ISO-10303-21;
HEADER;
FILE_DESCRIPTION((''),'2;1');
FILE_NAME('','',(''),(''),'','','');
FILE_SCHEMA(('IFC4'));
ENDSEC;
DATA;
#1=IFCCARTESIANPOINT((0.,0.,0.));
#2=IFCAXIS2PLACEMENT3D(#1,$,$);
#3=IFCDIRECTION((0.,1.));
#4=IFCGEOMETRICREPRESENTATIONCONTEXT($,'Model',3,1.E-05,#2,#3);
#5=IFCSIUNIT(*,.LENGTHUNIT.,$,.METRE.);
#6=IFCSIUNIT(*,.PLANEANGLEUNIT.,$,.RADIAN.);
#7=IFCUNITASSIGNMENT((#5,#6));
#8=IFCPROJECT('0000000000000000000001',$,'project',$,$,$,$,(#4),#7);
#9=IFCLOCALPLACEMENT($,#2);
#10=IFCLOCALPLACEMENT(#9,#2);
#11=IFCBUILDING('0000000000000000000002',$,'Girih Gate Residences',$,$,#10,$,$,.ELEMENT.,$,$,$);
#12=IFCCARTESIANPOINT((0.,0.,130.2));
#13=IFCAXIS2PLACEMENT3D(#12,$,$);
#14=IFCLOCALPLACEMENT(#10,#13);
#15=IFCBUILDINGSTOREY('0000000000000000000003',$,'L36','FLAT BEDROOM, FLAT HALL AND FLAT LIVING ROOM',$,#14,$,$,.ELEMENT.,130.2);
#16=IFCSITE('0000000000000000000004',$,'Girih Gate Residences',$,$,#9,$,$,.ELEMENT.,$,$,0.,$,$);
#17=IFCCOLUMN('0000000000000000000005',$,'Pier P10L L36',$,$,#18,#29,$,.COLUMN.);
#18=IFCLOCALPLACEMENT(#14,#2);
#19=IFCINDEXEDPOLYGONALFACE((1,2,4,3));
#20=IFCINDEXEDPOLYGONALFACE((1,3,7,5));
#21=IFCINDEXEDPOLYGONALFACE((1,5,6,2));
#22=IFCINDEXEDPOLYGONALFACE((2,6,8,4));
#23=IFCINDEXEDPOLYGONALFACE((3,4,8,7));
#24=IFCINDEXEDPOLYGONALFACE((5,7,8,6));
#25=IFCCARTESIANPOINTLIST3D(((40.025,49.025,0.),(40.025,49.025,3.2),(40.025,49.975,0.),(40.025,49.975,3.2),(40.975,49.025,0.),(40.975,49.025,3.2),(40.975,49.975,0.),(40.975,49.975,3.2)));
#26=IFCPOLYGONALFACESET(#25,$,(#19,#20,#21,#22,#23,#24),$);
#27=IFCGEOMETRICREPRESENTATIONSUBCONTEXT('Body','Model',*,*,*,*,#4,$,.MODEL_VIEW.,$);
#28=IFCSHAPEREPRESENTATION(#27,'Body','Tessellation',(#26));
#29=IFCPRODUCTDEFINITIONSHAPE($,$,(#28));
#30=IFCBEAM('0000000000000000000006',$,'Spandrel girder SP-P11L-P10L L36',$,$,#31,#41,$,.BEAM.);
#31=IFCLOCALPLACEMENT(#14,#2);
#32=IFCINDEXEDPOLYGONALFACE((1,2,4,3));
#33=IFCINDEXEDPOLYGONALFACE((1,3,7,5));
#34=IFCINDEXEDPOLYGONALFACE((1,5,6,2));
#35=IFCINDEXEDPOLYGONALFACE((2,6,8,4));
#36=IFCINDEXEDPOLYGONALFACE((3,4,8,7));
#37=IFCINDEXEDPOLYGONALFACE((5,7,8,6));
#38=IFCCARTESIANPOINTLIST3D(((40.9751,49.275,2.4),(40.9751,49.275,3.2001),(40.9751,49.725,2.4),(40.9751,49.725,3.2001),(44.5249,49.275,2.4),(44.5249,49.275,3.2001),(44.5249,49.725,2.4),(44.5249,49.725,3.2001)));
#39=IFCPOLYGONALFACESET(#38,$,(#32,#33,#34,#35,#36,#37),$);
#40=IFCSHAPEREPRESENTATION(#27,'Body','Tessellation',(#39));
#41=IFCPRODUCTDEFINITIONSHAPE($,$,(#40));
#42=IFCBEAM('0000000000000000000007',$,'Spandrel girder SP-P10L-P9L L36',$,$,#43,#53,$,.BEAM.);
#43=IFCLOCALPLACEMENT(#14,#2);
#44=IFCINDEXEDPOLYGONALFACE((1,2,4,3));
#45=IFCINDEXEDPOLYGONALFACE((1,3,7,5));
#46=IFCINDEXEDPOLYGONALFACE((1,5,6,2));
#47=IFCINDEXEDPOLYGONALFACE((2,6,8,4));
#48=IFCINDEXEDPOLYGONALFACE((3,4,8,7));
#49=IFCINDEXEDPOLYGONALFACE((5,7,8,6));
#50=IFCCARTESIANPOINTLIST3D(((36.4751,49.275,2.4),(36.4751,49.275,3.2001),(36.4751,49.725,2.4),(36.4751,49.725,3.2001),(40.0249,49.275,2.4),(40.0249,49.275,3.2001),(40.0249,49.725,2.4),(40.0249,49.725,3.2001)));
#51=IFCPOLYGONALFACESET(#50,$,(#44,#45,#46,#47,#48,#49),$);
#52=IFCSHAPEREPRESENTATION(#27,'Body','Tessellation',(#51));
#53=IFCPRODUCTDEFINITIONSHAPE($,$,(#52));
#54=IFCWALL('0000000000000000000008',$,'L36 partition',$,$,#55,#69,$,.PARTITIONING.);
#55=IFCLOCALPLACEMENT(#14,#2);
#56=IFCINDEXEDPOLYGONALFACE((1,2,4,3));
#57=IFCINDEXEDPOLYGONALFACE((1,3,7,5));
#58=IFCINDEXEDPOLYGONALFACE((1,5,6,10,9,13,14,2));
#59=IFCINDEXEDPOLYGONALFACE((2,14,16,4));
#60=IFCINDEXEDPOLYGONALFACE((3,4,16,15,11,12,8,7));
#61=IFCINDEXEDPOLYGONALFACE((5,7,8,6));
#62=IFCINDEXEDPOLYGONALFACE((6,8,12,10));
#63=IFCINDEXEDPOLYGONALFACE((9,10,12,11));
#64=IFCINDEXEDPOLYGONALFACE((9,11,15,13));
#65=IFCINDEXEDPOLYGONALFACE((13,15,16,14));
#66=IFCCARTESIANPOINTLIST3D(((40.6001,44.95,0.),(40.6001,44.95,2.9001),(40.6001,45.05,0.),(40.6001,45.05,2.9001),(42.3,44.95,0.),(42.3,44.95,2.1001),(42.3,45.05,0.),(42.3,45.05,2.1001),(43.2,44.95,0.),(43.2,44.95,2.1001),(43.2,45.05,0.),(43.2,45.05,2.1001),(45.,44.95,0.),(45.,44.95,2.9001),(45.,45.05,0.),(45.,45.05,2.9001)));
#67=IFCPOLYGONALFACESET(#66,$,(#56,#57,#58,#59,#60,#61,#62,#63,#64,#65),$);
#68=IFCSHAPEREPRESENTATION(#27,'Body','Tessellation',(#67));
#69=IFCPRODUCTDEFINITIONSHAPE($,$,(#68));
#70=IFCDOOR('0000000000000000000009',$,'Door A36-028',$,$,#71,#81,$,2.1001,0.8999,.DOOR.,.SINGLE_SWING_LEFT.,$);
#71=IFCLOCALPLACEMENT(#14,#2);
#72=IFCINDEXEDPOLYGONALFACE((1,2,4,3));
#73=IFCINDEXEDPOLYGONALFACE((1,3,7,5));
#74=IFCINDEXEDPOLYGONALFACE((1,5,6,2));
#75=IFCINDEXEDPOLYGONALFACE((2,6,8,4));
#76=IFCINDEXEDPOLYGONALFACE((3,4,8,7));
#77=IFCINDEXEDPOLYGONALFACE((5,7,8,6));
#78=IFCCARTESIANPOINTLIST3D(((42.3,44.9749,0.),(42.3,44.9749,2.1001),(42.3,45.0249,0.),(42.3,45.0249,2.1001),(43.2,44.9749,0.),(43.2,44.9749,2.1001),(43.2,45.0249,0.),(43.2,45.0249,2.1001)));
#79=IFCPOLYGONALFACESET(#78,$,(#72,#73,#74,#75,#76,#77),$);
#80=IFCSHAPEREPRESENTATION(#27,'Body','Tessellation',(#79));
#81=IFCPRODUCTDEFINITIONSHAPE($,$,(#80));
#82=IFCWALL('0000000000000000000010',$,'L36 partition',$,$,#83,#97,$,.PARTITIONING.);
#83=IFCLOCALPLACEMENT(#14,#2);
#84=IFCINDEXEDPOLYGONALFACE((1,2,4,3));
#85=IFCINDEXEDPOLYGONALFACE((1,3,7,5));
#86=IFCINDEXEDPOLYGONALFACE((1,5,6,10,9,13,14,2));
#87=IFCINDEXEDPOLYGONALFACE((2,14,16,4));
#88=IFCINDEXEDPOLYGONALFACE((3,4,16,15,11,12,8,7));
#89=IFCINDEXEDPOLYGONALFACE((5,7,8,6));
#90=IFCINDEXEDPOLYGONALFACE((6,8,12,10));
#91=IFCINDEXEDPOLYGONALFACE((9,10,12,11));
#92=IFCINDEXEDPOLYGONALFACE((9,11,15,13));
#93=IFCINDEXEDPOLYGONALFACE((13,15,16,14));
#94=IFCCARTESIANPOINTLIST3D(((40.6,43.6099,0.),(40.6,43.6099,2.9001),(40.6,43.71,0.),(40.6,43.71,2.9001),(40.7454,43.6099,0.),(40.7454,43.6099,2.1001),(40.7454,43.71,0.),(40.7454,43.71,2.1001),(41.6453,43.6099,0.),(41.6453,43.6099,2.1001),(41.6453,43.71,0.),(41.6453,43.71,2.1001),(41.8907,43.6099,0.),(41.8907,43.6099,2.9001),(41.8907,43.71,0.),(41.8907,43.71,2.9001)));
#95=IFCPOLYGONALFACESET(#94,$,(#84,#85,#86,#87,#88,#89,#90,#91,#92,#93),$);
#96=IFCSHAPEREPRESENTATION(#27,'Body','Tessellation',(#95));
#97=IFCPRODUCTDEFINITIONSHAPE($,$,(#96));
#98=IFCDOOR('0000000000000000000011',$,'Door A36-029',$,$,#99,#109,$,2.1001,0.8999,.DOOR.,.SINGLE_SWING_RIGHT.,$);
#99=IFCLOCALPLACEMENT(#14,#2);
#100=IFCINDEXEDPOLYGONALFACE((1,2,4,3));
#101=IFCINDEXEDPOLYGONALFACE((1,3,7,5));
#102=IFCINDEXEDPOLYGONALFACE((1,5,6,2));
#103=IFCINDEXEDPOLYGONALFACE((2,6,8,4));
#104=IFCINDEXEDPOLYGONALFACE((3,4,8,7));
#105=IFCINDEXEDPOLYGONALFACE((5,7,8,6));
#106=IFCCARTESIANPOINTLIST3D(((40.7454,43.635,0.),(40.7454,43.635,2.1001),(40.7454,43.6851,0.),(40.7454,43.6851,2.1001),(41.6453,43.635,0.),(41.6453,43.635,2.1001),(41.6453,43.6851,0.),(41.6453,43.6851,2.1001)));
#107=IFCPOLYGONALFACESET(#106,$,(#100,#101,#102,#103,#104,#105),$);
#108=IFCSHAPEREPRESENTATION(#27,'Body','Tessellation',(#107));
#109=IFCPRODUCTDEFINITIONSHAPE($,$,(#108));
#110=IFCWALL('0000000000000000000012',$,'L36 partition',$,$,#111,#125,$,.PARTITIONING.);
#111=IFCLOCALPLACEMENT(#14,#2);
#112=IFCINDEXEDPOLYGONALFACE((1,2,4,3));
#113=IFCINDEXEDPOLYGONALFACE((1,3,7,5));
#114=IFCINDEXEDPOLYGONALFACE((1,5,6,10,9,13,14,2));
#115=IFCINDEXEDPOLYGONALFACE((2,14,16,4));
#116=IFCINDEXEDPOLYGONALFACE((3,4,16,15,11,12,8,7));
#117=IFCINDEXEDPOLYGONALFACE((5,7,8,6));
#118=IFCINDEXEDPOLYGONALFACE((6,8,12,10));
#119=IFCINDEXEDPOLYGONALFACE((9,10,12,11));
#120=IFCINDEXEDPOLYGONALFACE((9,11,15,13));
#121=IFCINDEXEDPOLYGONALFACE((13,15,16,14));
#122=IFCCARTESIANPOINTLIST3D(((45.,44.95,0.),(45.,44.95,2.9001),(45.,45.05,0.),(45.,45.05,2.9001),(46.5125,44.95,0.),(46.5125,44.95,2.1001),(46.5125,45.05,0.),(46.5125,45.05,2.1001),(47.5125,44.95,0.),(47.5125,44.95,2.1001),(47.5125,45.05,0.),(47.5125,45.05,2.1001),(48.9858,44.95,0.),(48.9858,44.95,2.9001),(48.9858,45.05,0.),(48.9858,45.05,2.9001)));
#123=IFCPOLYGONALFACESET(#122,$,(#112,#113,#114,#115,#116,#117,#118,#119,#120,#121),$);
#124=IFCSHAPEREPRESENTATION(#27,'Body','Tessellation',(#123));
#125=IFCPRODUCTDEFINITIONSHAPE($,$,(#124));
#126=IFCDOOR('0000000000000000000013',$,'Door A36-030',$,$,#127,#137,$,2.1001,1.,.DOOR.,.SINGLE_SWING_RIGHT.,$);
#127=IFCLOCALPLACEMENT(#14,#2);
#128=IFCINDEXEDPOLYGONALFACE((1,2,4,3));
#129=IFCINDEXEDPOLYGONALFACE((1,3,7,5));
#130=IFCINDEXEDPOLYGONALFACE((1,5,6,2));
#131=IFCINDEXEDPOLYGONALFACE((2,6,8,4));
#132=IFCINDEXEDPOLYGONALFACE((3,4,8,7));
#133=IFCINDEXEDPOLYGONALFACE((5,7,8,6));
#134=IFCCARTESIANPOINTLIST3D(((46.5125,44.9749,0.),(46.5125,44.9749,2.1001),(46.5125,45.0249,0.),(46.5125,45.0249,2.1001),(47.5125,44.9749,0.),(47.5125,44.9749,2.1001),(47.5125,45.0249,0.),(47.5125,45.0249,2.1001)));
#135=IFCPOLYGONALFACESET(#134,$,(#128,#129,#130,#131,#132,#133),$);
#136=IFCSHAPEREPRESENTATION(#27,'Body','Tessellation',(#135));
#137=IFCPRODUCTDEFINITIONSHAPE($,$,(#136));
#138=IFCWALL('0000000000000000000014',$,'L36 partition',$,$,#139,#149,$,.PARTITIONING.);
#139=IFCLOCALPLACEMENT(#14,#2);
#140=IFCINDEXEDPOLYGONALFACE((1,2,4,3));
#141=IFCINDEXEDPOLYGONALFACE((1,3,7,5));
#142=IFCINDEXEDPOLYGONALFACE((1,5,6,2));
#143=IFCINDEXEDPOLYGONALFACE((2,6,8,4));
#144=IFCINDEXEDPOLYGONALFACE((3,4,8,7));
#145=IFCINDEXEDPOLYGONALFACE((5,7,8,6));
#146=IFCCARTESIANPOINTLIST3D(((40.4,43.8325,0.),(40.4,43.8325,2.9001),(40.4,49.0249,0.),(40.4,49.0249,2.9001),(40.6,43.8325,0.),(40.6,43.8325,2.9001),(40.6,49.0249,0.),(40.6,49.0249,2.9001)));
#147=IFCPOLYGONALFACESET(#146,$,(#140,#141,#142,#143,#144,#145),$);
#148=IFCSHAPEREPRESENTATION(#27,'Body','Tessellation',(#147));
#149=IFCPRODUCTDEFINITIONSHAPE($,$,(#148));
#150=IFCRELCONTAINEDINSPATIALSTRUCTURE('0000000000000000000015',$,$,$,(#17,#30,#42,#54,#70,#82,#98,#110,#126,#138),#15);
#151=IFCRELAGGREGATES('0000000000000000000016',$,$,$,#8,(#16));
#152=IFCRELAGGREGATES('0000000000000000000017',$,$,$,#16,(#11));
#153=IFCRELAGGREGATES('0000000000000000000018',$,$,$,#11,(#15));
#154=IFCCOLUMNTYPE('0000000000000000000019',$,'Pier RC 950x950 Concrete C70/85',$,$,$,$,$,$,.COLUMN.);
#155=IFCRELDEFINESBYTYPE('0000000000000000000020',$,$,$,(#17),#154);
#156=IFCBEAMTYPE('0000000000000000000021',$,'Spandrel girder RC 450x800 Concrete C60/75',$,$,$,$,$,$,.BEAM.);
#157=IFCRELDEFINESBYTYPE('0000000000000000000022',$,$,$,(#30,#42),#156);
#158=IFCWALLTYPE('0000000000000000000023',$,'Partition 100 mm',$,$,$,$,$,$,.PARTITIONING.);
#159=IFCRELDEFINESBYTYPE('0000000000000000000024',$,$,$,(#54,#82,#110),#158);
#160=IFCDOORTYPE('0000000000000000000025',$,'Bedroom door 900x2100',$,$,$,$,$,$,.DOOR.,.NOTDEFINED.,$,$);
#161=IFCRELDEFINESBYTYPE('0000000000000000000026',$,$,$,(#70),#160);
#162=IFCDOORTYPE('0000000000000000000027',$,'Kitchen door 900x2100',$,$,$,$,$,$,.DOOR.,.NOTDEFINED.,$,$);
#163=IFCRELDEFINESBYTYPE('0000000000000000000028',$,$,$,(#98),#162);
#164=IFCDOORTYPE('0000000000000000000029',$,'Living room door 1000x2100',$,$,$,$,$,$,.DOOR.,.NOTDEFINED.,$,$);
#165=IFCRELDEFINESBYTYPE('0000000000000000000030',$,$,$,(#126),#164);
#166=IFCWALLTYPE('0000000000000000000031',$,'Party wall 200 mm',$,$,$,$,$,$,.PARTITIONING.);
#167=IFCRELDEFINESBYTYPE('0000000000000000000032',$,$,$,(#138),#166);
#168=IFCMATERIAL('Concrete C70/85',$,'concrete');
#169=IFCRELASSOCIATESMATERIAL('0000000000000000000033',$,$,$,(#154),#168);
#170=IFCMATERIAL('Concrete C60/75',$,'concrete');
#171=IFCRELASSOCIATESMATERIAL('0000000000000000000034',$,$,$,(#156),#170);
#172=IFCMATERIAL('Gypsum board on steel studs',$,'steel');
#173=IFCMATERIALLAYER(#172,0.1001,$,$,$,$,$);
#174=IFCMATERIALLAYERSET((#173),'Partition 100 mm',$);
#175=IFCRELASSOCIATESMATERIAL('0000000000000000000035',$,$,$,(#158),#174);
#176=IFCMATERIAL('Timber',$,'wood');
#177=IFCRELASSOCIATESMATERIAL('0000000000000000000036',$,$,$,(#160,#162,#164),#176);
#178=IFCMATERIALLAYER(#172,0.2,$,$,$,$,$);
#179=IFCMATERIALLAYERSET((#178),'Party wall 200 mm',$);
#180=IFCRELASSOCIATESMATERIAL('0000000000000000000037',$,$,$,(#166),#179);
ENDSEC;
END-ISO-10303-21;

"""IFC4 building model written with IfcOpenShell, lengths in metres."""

from ifc_helpers import new_model, si_unit, direction, frame, frame_2d, origin, origin_2d, place, context, subcontext, project, spatial, rectangle, extrude, material, layer, layer_set, material_profile, profile_set, type_object, element, fill, save


model = new_model("IFC4")

# Units and contexts
model_context = context("Model", 3, precision=1e-05, world=origin(), true_north=direction((0.0, 1.0)))
body_context = subcontext(model_context, "Body", "Model", "MODEL_VIEW")
ifc_project = project(units=[si_unit("LENGTHUNIT", "METRE"), si_unit("PLANEANGLEUNIT", "RADIAN")], contexts=[model_context])

# Site, building, storey
site_placement = place(None, origin())
site = spatial("IfcSite", under=ifc_project, at=site_placement, Name="Girih Gate Residences", CompositionType="ELEMENT", RefElevation=0.0)
building_placement = place(site_placement, origin())
building = spatial("IfcBuilding", under=site, at=building_placement, Name="Girih Gate Residences", CompositionType="ELEMENT")
storey_placement = place(building_placement, frame((0.0, 0.0, 130.2)))
storey = spatial("IfcBuildingStorey", under=building, at=storey_placement, Name="L36", Description="FLAT BEDROOM, FLAT HALL AND FLAT LIVING ROOM", CompositionType="ELEMENT", Elevation=130.2)

# Column
ifc_material_1 = material(Name="Concrete C70/85", Category="concrete")
ifc_material_profile_1 = material_profile(ifc_material_1, rectangle(XDim=0.95, YDim=0.95, at=origin_2d()))
ifc_profile_set_1 = profile_set([ifc_material_profile_1], Name="Concrete C70/85")
column_type = type_object("IfcColumnType", Name="Pier RC 950x950 Concrete C70/85", PredefinedType="COLUMN", material=ifc_profile_set_1)
column_placement = place(storey_placement, frame((40.5, 49.5, 0.0), z_axis=(0.0, 0.0, 1.0), x_axis=(1.0, 0.0, 0.0)))
element("IfcColumn", 1, at=column_placement, inside=storey, type_object=column_type, Name="Pier P10L L36", PredefinedType="COLUMN", context=body_context, shape_type="SweptSolid", body=[
    extrude(rectangle(XDim=0.95, YDim=0.95, at=origin_2d()), origin(), (0.0, 0.0, 1.0), 3.2),
])

# Beams
ifc_material_2 = material(Name="Concrete C60/75", Category="concrete")
ifc_material_profile_2 = material_profile(ifc_material_2, rectangle(XDim=0.45, YDim=0.8, at=origin_2d()))
ifc_profile_set_2 = profile_set([ifc_material_profile_2], Name="Concrete C60/75")
beam_type = type_object("IfcBeamType", Name="Spandrel girder RC 450x800 Concrete C60/75", PredefinedType="BEAM", material=ifc_profile_set_2)
for number, where, z_axis, x_axis, name in (
    (2, (44.5249, 49.5, 2.8), (-1.0, 0.0, 0.0), (0.0, -1.0, 0.0), "Spandrel girder SP-P11L-P10L L36"),
    (3, (40.0249, 49.5, 2.8), (-1.0, 0.0, 0.0), (0.0, -1.0, 0.0), "Spandrel girder SP-P10L-P9L L36"),
):
    element("IfcBeam", number, at=place(storey_placement, frame(where, z_axis=z_axis, x_axis=x_axis)), inside=storey, type_object=beam_type, Name=name, PredefinedType="BEAM", context=body_context, shape_type="SweptSolid", body=[
        extrude(rectangle(XDim=0.45, YDim=0.8, at=origin_2d()), origin(), (0.0, 0.0, 1.0), 3.5498),
    ])

# Walls, openings, doors
ifc_material_3 = material(Name="Gypsum board on steel studs", Category="steel")
ifc_layer_1 = layer(ifc_material_3, 0.1001)
ifc_layer_set_1 = layer_set([ifc_layer_1], Name="Partition 100 mm")
wall_type_1 = type_object("IfcWallType", Name="Partition 100 mm", PredefinedType="PARTITIONING", material=ifc_layer_set_1)
wall_1_placement = place(storey_placement, frame((40.6001, 45.0, 0.0), z_axis=(0.0, 0.0, 1.0), x_axis=(1.0, 0.0, 0.0)))
wall_1 = element("IfcWall", 4, at=wall_1_placement, inside=storey, type_object=wall_type_1, Name="L36 partition", PredefinedType="PARTITIONING", context=body_context, shape_type="SweptSolid", body=[
    extrude(rectangle(XDim=4.3999, YDim=0.1001, at=frame_2d((2.2, 0.0))), origin(), (0.0, 0.0, 1.0), 2.9001),
])
opening_1_placement = place(wall_1_placement, frame((1.7, 0.0, 0.0)))
opening_1 = element("IfcOpeningElement", 5, at=opening_1_placement, cuts=wall_1, PredefinedType="OPENING", context=body_context, shape_type="SweptSolid", body=[
    extrude(rectangle(XDim=0.8999, YDim=2.1001, at=frame_2d((0.45, 1.05))), frame((0.0, 0.0601, 0.0), z_axis=(0.0, -1.0, 0.0), x_axis=(1.0, 0.0, 0.0)), (0.0, 0.0, 1.0), 0.1201),
])
ifc_material_4 = material(Name="Timber", Category="wood")
door_type_1 = type_object("IfcDoorType", Name="Bedroom door 900x2100", OperationType="NOTDEFINED", PredefinedType="DOOR", material=ifc_material_4)
door_1_placement = place(opening_1_placement, origin())
door_1 = element("IfcDoor", 6, at=door_1_placement, inside=storey, type_object=door_type_1, Name="Door A36-028", OperationType="SINGLE_SWING_LEFT", OverallHeight=2.1001, OverallWidth=0.8999, PredefinedType="DOOR", context=body_context, shape_type="SweptSolid", body=[
    extrude(rectangle(XDim=0.8999, YDim=2.1001, at=frame_2d((0.45, 1.05))), frame((0.0, 0.0249, 0.0), z_axis=(0.0, -1.0, 0.0), x_axis=(1.0, 0.0, 0.0)), (0.0, 0.0, 1.0), 0.05),
])
fill(opening_1, door_1)
wall_2_placement = place(storey_placement, frame((41.8909, 43.6599, 0.0), z_axis=(0.0, 0.0, 1.0), x_axis=(-1.0, 0.0, 0.0)))
wall_2 = element("IfcWall", 7, at=wall_2_placement, inside=storey, type_object=wall_type_1, Name="L36 partition", PredefinedType="PARTITIONING", context=body_context, shape_type="SweptSolid", body=[
    extrude(rectangle(XDim=1.2908, YDim=0.1001, at=frame_2d((0.6455, 0.0))), origin(), (0.0, 0.0, 1.0), 2.9001),
])
opening_2_placement = place(wall_2_placement, frame((0.2456, 0.0, 0.0)))
opening_2 = element("IfcOpeningElement", 8, at=opening_2_placement, cuts=wall_2, PredefinedType="OPENING", context=body_context, shape_type="SweptSolid", body=[
    extrude(rectangle(XDim=0.8999, YDim=2.1001, at=frame_2d((0.45, 1.05))), frame((0.0, 0.0601, 0.0), z_axis=(0.0, -1.0, 0.0), x_axis=(1.0, 0.0, 0.0)), (0.0, 0.0, 1.0), 0.1201),
])
door_type_2 = type_object("IfcDoorType", Name="Kitchen door 900x2100", OperationType="NOTDEFINED", PredefinedType="DOOR", material=ifc_material_4)
door_2_placement = place(opening_2_placement, origin())
door_2 = element("IfcDoor", 9, at=door_2_placement, inside=storey, type_object=door_type_2, Name="Door A36-029", OperationType="SINGLE_SWING_RIGHT", OverallHeight=2.1001, OverallWidth=0.8999, PredefinedType="DOOR", context=body_context, shape_type="SweptSolid", body=[
    extrude(rectangle(XDim=0.8999, YDim=2.1001, at=frame_2d((0.45, 1.05))), frame((0.0, 0.0249, 0.0), z_axis=(0.0, -1.0, 0.0), x_axis=(1.0, 0.0, 0.0)), (0.0, 0.0, 1.0), 0.05),
])
fill(opening_2, door_2)
wall_3_placement = place(storey_placement, frame((45.0, 45.0, 0.0), z_axis=(0.0, 0.0, 1.0), x_axis=(1.0, 0.0, 0.0)))
wall_3 = element("IfcWall", 10, at=wall_3_placement, inside=storey, type_object=wall_type_1, Name="L36 partition", PredefinedType="PARTITIONING", context=body_context, shape_type="SweptSolid", body=[
    extrude(rectangle(XDim=3.9858, YDim=0.1001, at=frame_2d((1.9929, 0.0))), origin(), (0.0, 0.0, 1.0), 2.9001),
])
opening_3_placement = place(wall_3_placement, frame((1.5125, 0.0, 0.0)))
opening_3 = element("IfcOpeningElement", 11, at=opening_3_placement, cuts=wall_3, PredefinedType="OPENING", context=body_context, shape_type="SweptSolid", body=[
    extrude(rectangle(XDim=1.0, YDim=2.1001, at=frame_2d((0.5, 1.05))), frame((0.0, 0.0601, 0.0), z_axis=(0.0, -1.0, 0.0), x_axis=(1.0, 0.0, 0.0)), (0.0, 0.0, 1.0), 0.1201),
])
door_type_3 = type_object("IfcDoorType", Name="Living room door 1000x2100", OperationType="NOTDEFINED", PredefinedType="DOOR", material=ifc_material_4)
door_3_placement = place(opening_3_placement, origin())
door_3 = element("IfcDoor", 12, at=door_3_placement, inside=storey, type_object=door_type_3, Name="Door A36-030", OperationType="SINGLE_SWING_RIGHT", OverallHeight=2.1001, OverallWidth=1.0, PredefinedType="DOOR", context=body_context, shape_type="SweptSolid", body=[
    extrude(rectangle(XDim=1.0, YDim=2.1001, at=frame_2d((0.5, 1.05))), frame((0.0, 0.0249, 0.0), z_axis=(0.0, -1.0, 0.0), x_axis=(1.0, 0.0, 0.0)), (0.0, 0.0, 1.0), 0.05),
])
fill(opening_3, door_3)

# Wall
ifc_layer_2 = layer(ifc_material_3, 0.2)
ifc_layer_set_2 = layer_set([ifc_layer_2], Name="Party wall 200 mm")
wall_type_2 = type_object("IfcWallType", Name="Party wall 200 mm", PredefinedType="PARTITIONING", material=ifc_layer_set_2)
wall_4_placement = place(storey_placement, frame((40.5, 43.8325, 0.0), z_axis=(0.0, 0.0, 1.0), x_axis=(0.0, 1.0, 0.0)))
element("IfcWall", 13, at=wall_4_placement, inside=storey, type_object=wall_type_2, Name="L36 partition", PredefinedType="PARTITIONING", context=body_context, shape_type="SweptSolid", body=[
    extrude(rectangle(XDim=5.1924, YDim=0.2, at=frame_2d((2.5962, 0.0))), origin(), (0.0, 0.0, 1.0), 2.9001),
])

save(model, "model.ifc")
